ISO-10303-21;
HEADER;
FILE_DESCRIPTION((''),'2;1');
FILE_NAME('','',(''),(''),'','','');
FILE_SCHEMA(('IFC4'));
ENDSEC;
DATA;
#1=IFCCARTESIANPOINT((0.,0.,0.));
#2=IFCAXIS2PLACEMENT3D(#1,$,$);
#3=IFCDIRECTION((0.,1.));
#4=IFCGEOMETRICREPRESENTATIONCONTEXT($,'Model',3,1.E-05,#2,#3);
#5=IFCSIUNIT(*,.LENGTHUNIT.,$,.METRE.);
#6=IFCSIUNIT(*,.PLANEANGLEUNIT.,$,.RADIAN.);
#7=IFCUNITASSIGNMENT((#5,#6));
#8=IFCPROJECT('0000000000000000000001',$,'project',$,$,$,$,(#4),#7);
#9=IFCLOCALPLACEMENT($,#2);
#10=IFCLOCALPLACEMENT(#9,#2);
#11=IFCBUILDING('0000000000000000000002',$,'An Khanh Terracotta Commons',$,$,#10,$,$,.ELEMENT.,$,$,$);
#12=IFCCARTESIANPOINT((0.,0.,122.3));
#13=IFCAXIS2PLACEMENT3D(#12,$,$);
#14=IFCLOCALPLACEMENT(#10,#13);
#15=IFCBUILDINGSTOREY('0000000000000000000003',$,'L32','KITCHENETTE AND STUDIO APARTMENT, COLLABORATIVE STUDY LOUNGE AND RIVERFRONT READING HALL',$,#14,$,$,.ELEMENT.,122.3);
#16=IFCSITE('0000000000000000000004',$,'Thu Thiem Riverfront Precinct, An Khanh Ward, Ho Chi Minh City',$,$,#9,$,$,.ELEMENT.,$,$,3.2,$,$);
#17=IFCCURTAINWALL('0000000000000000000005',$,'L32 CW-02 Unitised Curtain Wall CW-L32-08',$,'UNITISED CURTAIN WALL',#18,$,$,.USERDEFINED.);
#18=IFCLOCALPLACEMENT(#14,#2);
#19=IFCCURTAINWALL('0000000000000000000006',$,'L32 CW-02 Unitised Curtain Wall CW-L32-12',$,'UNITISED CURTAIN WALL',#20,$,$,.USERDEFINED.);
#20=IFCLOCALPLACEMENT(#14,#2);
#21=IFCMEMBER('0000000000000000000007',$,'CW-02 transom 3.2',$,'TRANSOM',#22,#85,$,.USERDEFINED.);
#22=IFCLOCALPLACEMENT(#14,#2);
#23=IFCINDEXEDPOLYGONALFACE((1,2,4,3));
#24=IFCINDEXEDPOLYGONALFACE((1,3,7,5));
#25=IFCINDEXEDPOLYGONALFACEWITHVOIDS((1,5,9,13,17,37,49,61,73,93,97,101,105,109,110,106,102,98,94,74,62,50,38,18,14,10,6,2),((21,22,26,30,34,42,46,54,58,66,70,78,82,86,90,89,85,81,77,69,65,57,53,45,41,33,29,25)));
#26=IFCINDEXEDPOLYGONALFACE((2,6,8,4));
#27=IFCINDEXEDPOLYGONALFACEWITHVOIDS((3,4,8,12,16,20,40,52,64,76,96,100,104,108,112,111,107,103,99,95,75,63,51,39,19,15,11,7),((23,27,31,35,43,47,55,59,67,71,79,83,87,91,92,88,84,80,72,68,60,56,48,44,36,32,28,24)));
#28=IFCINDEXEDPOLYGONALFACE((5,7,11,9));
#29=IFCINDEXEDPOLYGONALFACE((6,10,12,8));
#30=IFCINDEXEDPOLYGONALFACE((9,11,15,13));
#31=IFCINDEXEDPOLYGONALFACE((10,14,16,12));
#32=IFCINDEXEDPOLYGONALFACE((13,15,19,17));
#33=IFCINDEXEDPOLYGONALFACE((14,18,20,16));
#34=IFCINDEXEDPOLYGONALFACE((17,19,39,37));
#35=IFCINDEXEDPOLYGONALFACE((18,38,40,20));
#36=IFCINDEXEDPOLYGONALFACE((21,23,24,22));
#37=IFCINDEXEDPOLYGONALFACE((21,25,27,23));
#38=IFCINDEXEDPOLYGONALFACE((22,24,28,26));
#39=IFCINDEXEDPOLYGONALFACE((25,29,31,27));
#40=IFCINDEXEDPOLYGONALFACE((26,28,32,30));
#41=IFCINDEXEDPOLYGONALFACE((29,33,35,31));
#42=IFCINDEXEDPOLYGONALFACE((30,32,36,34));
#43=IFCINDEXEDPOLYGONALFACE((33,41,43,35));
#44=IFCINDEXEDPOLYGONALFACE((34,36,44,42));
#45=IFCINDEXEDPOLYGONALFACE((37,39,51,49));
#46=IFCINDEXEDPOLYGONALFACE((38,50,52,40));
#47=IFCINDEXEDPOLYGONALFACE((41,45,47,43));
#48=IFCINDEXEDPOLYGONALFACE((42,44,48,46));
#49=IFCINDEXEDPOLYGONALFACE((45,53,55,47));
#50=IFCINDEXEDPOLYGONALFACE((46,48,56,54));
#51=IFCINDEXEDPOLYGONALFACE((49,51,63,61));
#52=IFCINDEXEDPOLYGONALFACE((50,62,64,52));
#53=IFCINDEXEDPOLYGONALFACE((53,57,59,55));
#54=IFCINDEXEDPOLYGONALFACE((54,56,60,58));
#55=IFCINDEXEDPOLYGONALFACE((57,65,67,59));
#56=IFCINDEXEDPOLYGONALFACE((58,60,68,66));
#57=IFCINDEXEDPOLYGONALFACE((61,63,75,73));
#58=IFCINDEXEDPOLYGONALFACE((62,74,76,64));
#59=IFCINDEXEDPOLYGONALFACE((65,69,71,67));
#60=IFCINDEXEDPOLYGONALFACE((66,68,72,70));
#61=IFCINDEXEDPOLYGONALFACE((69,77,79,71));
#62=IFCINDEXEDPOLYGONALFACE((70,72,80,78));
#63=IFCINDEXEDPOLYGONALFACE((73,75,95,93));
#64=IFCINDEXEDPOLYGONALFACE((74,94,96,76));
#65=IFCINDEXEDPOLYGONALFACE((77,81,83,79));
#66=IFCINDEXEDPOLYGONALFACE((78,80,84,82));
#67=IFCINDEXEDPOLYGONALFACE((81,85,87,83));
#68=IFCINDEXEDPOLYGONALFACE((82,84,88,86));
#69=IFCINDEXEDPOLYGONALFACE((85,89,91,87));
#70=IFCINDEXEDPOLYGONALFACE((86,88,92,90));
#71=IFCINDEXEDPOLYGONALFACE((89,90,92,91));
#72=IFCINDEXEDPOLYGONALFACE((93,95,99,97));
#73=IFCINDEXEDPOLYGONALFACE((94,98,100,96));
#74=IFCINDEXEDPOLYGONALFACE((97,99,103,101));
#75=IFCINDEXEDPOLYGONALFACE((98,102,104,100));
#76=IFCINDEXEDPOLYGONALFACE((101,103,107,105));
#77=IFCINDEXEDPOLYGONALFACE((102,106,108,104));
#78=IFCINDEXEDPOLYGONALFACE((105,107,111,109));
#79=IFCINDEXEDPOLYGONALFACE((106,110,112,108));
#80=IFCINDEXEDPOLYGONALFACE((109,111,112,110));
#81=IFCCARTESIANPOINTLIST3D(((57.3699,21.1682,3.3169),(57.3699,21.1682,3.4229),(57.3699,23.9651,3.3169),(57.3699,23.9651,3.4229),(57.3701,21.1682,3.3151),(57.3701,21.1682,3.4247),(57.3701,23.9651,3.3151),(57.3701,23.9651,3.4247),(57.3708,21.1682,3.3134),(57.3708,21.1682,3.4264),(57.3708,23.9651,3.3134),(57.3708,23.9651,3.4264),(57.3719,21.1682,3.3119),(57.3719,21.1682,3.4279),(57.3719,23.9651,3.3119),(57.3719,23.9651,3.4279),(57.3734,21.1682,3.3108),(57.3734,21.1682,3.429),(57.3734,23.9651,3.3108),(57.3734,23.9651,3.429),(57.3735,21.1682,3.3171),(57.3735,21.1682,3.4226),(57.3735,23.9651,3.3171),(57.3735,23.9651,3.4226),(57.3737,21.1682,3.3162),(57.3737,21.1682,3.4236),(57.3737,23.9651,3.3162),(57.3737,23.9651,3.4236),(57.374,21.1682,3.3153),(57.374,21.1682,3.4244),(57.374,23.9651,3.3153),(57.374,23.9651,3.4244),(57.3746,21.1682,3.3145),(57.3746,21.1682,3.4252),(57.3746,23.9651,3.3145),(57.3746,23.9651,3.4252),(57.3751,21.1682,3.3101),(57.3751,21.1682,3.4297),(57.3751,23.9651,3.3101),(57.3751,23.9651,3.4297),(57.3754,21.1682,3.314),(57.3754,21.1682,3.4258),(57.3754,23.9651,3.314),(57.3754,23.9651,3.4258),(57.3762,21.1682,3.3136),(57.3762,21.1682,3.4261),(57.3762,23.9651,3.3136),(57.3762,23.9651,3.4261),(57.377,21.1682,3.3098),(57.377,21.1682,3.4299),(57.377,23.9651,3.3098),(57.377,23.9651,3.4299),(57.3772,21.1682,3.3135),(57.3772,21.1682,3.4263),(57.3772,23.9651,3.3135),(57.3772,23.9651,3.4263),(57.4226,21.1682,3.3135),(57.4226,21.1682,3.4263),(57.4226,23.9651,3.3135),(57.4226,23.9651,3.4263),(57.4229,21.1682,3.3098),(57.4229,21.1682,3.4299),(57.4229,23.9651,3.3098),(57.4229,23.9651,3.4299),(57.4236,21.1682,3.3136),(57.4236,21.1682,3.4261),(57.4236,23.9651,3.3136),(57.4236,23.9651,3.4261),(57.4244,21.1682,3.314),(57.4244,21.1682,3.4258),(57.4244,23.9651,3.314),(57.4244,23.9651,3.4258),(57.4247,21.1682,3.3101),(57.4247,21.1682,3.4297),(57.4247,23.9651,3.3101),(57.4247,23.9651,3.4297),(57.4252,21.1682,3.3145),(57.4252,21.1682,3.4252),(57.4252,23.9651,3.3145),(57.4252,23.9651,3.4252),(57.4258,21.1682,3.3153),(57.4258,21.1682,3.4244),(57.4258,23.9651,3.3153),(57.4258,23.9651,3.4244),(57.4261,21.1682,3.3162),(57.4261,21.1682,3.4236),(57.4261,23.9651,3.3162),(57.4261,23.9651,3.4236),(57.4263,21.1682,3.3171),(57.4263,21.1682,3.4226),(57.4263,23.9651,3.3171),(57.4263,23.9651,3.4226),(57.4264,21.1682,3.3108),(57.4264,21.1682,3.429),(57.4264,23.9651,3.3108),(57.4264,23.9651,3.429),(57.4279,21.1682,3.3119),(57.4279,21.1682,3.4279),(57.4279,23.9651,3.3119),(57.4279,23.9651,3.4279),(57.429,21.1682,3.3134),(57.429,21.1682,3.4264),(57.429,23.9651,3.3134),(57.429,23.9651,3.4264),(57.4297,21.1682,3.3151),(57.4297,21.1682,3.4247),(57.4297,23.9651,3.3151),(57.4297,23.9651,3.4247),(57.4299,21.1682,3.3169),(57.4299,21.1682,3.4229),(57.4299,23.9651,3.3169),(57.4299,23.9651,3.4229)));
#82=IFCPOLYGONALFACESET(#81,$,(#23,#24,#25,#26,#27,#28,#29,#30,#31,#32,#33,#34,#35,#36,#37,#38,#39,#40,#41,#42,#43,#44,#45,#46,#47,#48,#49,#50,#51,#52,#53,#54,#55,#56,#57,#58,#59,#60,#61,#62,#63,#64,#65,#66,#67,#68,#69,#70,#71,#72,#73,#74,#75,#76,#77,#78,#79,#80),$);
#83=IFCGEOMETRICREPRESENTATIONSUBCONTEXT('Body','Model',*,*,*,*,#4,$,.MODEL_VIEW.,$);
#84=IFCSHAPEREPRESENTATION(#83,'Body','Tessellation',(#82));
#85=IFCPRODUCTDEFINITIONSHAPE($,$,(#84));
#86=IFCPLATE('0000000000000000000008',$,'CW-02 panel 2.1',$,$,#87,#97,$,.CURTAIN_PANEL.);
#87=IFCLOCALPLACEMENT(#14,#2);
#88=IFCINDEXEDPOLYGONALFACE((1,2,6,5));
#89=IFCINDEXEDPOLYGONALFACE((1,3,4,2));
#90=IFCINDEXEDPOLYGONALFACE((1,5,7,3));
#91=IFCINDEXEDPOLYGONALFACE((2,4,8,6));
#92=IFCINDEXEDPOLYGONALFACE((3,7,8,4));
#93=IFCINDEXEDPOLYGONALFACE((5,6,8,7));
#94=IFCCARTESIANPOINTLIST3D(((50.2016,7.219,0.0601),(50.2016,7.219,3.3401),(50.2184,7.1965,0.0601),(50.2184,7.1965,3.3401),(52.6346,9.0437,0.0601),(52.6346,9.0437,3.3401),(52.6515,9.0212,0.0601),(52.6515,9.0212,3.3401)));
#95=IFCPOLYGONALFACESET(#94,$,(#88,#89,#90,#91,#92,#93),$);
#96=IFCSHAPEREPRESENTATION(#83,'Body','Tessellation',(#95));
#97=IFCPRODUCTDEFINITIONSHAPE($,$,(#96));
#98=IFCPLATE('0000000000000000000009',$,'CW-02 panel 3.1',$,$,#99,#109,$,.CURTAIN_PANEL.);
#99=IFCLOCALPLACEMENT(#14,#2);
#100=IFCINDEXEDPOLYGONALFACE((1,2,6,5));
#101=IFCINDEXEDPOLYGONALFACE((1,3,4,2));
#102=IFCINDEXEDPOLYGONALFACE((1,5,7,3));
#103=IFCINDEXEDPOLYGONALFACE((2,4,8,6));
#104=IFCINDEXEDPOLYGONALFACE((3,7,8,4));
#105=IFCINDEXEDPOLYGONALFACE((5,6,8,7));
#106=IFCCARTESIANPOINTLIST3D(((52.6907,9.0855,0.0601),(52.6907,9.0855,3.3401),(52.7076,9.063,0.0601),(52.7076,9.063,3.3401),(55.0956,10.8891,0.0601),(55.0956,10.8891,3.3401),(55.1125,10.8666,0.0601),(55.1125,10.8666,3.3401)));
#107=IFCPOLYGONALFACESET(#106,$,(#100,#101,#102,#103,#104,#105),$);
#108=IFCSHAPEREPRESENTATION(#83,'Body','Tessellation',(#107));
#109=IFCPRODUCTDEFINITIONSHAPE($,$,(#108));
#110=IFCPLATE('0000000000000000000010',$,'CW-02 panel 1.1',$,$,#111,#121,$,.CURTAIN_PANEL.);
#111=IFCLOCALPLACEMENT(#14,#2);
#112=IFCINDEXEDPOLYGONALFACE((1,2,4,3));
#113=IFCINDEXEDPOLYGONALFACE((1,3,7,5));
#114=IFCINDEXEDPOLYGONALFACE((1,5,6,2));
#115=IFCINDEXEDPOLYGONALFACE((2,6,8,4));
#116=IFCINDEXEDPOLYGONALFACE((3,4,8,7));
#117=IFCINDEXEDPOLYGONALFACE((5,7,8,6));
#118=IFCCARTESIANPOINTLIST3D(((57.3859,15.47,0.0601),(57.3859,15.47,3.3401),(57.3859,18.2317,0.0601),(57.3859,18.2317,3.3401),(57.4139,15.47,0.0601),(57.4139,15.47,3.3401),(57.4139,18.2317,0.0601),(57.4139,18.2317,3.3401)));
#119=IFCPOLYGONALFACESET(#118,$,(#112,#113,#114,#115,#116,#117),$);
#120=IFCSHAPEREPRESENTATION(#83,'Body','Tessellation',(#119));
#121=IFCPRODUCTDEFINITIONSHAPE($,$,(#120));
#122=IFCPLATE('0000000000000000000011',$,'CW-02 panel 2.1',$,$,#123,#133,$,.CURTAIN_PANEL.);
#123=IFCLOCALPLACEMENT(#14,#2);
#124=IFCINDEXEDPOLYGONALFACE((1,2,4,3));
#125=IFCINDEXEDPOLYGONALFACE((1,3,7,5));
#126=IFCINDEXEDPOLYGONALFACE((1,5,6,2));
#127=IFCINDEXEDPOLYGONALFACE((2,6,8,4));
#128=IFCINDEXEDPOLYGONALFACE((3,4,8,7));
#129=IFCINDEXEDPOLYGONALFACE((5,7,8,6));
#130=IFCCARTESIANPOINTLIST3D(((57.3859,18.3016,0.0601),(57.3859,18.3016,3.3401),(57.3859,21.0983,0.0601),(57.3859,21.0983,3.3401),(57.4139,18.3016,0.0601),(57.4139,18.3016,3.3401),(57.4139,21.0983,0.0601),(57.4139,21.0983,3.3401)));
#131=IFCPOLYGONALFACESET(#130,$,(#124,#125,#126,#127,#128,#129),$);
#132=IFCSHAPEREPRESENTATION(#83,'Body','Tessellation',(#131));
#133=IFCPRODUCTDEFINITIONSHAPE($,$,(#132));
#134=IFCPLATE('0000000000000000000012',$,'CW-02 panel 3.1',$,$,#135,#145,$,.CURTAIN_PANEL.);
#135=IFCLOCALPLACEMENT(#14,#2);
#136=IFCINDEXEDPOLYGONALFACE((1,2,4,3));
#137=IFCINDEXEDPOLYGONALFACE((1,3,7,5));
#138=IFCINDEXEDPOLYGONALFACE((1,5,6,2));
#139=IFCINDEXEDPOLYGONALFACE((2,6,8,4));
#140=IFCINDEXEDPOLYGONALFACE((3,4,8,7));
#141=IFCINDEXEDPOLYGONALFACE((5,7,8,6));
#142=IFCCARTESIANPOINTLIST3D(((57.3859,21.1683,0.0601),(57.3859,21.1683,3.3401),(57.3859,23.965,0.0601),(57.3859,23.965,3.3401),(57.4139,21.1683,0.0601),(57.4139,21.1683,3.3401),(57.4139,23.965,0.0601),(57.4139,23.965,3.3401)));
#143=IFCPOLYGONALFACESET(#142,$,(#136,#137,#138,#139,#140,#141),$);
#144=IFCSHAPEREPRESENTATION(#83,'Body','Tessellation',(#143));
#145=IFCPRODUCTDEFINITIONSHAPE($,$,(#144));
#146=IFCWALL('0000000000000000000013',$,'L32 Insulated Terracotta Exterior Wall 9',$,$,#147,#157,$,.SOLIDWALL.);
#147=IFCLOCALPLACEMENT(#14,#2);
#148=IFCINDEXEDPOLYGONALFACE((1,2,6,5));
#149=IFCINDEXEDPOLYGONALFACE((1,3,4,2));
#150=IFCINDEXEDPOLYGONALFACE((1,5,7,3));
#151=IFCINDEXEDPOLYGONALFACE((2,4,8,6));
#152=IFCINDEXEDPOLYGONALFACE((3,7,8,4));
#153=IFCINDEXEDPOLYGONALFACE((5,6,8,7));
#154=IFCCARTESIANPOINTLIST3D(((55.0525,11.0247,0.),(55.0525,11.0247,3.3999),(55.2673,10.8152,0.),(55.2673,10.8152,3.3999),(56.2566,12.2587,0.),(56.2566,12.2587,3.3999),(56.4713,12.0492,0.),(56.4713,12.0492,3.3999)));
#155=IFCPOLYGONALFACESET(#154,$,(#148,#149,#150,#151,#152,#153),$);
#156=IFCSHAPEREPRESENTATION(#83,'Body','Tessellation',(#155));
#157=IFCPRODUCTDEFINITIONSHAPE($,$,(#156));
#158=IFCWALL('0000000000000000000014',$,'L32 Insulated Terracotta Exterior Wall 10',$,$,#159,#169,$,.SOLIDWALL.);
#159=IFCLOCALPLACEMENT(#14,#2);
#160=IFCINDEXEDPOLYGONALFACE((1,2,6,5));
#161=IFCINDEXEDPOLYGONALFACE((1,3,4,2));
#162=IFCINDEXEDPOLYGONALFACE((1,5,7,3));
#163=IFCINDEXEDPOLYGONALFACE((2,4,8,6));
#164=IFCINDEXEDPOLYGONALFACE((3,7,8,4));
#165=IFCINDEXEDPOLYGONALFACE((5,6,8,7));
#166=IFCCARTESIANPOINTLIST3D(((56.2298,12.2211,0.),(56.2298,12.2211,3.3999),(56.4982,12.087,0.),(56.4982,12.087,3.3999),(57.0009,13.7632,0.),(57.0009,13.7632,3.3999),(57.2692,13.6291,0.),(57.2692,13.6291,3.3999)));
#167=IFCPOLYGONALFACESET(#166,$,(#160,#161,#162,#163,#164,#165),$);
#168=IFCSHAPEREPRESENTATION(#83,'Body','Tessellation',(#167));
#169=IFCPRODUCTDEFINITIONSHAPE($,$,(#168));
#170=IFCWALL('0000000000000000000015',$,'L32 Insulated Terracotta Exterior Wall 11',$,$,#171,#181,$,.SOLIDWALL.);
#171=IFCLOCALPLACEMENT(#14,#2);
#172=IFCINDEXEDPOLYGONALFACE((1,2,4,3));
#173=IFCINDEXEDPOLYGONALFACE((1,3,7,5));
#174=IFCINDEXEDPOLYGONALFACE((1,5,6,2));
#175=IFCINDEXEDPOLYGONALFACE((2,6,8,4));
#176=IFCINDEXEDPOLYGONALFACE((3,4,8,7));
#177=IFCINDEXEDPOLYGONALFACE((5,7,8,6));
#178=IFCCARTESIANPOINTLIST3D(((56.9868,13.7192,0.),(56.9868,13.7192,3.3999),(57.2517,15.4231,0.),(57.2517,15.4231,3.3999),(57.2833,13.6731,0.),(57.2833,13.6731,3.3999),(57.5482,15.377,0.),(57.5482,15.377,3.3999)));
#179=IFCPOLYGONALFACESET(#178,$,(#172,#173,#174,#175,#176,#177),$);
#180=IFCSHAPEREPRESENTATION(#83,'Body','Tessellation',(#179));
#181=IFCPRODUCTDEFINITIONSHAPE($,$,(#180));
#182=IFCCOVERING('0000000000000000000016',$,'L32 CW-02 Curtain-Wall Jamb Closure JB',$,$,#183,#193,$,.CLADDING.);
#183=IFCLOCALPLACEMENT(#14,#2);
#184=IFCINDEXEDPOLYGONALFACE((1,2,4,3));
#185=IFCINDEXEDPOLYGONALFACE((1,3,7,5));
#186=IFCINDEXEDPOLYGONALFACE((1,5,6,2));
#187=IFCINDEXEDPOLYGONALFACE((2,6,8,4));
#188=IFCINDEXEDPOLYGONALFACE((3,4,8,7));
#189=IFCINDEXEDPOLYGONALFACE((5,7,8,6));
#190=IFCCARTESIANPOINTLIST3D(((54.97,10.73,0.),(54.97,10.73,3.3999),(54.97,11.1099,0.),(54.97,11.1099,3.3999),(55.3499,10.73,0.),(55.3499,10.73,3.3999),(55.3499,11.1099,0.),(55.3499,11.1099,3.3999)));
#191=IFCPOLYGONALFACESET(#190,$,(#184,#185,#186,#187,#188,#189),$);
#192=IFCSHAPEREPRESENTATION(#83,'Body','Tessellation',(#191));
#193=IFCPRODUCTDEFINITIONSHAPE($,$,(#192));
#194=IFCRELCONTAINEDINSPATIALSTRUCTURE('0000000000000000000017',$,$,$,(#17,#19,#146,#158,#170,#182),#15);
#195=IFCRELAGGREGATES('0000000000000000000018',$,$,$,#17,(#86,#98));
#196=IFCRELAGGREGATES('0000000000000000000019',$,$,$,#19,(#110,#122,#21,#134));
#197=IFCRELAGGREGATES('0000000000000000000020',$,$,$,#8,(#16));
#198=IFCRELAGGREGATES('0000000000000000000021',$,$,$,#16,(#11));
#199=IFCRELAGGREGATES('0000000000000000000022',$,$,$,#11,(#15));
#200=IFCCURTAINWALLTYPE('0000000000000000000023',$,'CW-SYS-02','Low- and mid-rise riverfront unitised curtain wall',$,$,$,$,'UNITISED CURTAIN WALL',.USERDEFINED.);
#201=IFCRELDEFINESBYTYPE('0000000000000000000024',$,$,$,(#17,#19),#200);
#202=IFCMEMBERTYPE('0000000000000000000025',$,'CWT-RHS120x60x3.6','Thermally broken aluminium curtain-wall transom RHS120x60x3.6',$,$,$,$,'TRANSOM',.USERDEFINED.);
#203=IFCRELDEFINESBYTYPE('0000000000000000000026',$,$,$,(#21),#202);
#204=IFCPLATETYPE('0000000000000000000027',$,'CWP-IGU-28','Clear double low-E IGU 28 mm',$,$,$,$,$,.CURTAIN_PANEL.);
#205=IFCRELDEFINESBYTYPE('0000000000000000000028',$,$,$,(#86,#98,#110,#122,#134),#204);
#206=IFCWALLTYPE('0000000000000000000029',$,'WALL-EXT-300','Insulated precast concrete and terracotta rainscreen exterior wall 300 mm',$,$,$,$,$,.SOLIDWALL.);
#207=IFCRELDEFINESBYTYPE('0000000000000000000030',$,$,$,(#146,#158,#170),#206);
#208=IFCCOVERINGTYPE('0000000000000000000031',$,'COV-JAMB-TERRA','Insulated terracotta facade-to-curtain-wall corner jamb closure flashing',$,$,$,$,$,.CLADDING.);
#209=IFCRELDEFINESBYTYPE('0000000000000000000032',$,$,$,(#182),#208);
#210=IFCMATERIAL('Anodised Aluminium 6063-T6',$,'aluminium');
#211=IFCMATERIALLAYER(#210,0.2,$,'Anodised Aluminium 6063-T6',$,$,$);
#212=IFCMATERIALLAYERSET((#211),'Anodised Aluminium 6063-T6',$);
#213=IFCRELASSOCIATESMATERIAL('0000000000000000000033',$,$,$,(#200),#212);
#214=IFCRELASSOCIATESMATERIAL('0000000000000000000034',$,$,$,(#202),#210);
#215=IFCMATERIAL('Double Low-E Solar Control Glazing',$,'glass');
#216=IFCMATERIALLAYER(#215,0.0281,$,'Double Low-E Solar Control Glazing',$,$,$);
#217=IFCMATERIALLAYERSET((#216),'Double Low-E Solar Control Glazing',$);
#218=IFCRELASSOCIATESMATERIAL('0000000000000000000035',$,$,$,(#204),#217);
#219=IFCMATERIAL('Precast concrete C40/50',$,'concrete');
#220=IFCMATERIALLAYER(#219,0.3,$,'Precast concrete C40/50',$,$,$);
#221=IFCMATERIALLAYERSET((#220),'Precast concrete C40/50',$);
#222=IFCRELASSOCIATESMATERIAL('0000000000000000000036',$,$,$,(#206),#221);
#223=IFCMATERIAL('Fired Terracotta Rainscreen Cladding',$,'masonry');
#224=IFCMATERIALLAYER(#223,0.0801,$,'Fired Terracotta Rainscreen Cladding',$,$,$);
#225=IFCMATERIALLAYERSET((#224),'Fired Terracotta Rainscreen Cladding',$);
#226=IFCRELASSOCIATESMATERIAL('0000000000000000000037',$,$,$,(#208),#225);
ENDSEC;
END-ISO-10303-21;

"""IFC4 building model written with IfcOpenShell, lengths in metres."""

from ifc_helpers import new_model, si_unit, direction, frame, frame_2d, origin, origin_2d, place, context, subcontext, project, spatial, rectangle, hollow_rectangle, extrude, material, layer, layer_set, material_profile, profile_set, type_object, element, aggregate, save


model = new_model("IFC4")

# Units and contexts
model_context = context("Model", 3, precision=1e-05, world=origin(), true_north=direction((0.0, 1.0)))
body_context = subcontext(model_context, "Body", "Model", "MODEL_VIEW")
ifc_project = project(units=[si_unit("LENGTHUNIT", "METRE"), si_unit("PLANEANGLEUNIT", "RADIAN")], contexts=[model_context])

# Site, building, storey
site_placement = place(None, origin())
site = spatial("IfcSite", under=ifc_project, at=site_placement, Name="Thu Thiem Riverfront Precinct, An Khanh Ward, Ho Chi Minh City", CompositionType="ELEMENT", RefElevation=3.2)
building_placement = place(site_placement, origin())
building = spatial("IfcBuilding", under=site, at=building_placement, Name="An Khanh Terracotta Commons", CompositionType="ELEMENT")
storey_placement = place(building_placement, frame((0.0, 0.0, 122.3)))
storey = spatial("IfcBuildingStorey", under=building, at=storey_placement, Name="L32", Description="KITCHENETTE AND STUDIO APARTMENT, COLLABORATIVE STUDY LOUNGE AND RIVERFRONT READING HALL", CompositionType="ELEMENT", Elevation=122.3)

# Curtain walls
ifc_material_1 = material(Name="Anodised Aluminium 6063-T6", Category="aluminium")
ifc_layer_1 = layer(ifc_material_1, 0.2, Name="Anodised Aluminium 6063-T6")
ifc_layer_set_1 = layer_set([ifc_layer_1], Name="Anodised Aluminium 6063-T6")
curtain_wall_type = type_object("IfcCurtainWallType", Name="CW-SYS-02", Description="Low- and mid-rise riverfront unitised curtain wall", ElementType="UNITISED CURTAIN WALL", PredefinedType="USERDEFINED", material=ifc_layer_set_1)
curtain_wall_1_placement = place(storey_placement, origin())
curtain_wall_1 = element("IfcCurtainWall", 1, at=curtain_wall_1_placement, inside=storey, type_object=curtain_wall_type, Name="L32 CW-02 Unitised Curtain Wall CW-L32-08", ObjectType="UNITISED CURTAIN WALL", PredefinedType="USERDEFINED")
curtain_wall_2_placement = place(storey_placement, origin())
curtain_wall_2 = element("IfcCurtainWall", 2, at=curtain_wall_2_placement, inside=storey, type_object=curtain_wall_type, Name="L32 CW-02 Unitised Curtain Wall CW-L32-12", ObjectType="UNITISED CURTAIN WALL", PredefinedType="USERDEFINED")

# Member
ifc_material_profile_1 = material_profile(ifc_material_1, hollow_rectangle(XDim=0.0601, YDim=0.1201, WallThickness=0.0037, InnerFilletRadius=0.0037, OuterFilletRadius=0.0071, at=origin_2d()), Name="RHS120x60x3.6")
ifc_profile_set_1 = profile_set([ifc_material_profile_1], Name="Anodised Aluminium 6063-T6")
member_type_1 = type_object("IfcMemberType", Name="CWT-RHS120x60x3.6", Description="Thermally broken aluminium curtain-wall transom RHS120x60x3.6", ElementType="TRANSOM", PredefinedType="USERDEFINED", material=ifc_profile_set_1)
member_1_placement = place(storey_placement, frame((57.3999, 21.1682, 3.3699), z_axis=(0.0, 1.0, 0.0), x_axis=(-1.0, 0.0, 0.0)))
member_1 = element("IfcMember", 3, at=member_1_placement, type_object=member_type_1, Name="CW-02 transom 3.2", ObjectType="TRANSOM", PredefinedType="USERDEFINED", context=body_context, shape_type="SweptSolid", body=[
    extrude(hollow_rectangle(XDim=0.0601, YDim=0.1201, WallThickness=0.0037, InnerFilletRadius=0.0037, OuterFilletRadius=0.0071, at=origin_2d()), origin(), (0.0, 0.0, 1.0), 2.7969),
])

# Plates
ifc_material_2 = material(Name="Double Low-E Solar Control Glazing", Category="glass")
ifc_layer_2 = layer(ifc_material_2, 0.0281, Name="Double Low-E Solar Control Glazing")
ifc_layer_set_2 = layer_set([ifc_layer_2], Name="Double Low-E Solar Control Glazing")
plate_type = type_object("IfcPlateType", Name="CWP-IGU-28", Description="Clear double low-E IGU 28 mm", PredefinedType="CURTAIN_PANEL", material=ifc_layer_set_2)
plate_1_placement = place(storey_placement, frame((51.4265, 8.1201, 0.0601), z_axis=(0.0, 0.0, 1.0), x_axis=(0.800013, 0.599983, 0.0)))
plate_1 = element("IfcPlate", 4, at=plate_1_placement, type_object=plate_type, Name="CW-02 panel 2.1", PredefinedType="CURTAIN_PANEL", context=body_context, shape_type="SweptSolid", body=[
    extrude(rectangle(XDim=3.0413, YDim=0.0281, at=origin_2d()), origin(), (0.0, 0.0, 1.0), 3.28),
])
plate_2_placement = place(storey_placement, frame((53.9016, 9.9761, 0.0601), z_axis=(0.0, 0.0, 1.0), x_axis=(0.800013, 0.599983, 0.0)))
plate_2 = element("IfcPlate", 5, at=plate_2_placement, type_object=plate_type, Name="CW-02 panel 3.1", PredefinedType="CURTAIN_PANEL", context=body_context, shape_type="SweptSolid", body=[
    extrude(rectangle(XDim=3.0061, YDim=0.0281, at=origin_2d()), origin(), (0.0, 0.0, 1.0), 3.28),
])
aggregate(curtain_wall_1, [plate_1, plate_2])
plate_3_placement = place(storey_placement, frame((57.3999, 16.8508, 0.0601), z_axis=(0.0, 0.0, 1.0), x_axis=(0.0, 1.0, 0.0)))
plate_3 = element("IfcPlate", 6, at=plate_3_placement, type_object=plate_type, Name="CW-02 panel 1.1", PredefinedType="CURTAIN_PANEL", context=body_context, shape_type="SweptSolid", body=[
    extrude(rectangle(XDim=2.7617, YDim=0.0281, at=origin_2d()), origin(), (0.0, 0.0, 1.0), 3.28),
])
plate_4_placement = place(storey_placement, frame((57.3999, 19.7, 0.0601), z_axis=(0.0, 0.0, 1.0), x_axis=(0.0, 1.0, 0.0)))
plate_4 = element("IfcPlate", 7, at=plate_4_placement, type_object=plate_type, Name="CW-02 panel 2.1", PredefinedType="CURTAIN_PANEL", context=body_context, shape_type="SweptSolid", body=[
    extrude(rectangle(XDim=2.7966, YDim=0.0281, at=origin_2d()), origin(), (0.0, 0.0, 1.0), 3.28),
])
plate_5_placement = place(storey_placement, frame((57.3999, 22.5667, 0.0601), z_axis=(0.0, 0.0, 1.0), x_axis=(0.0, 1.0, 0.0)))
plate_5 = element("IfcPlate", 8, at=plate_5_placement, type_object=plate_type, Name="CW-02 panel 3.1", PredefinedType="CURTAIN_PANEL", context=body_context, shape_type="SweptSolid", body=[
    extrude(rectangle(XDim=2.7966, YDim=0.0281, at=origin_2d()), origin(), (0.0, 0.0, 1.0), 3.28),
])
aggregate(curtain_wall_2, [plate_3, plate_4, member_1, plate_5])

# Walls
ifc_material_3 = material(Name="Precast concrete C40/50", Category="concrete")
ifc_layer_3 = layer(ifc_material_3, 0.3, Name="Precast concrete C40/50")
ifc_layer_set_3 = layer_set([ifc_layer_3], Name="Precast concrete C40/50")
wall_type = type_object("IfcWallType", Name="WALL-EXT-300", Description="Insulated precast concrete and terracotta rainscreen exterior wall 300 mm", PredefinedType="SOLIDWALL", material=ifc_layer_set_3)
for number, where, z_axis, x_axis, name in (
    (9, (55.1599, 10.9199, 0.0), (0.0, 0.0, 1.0), (0.698345, 0.715761, 0.0), "L32 Insulated Terracotta Exterior Wall 9"),
    (10, (56.364, 12.1541, 0.0), (0.0, 0.0, 1.0), (0.447214, 0.894427, 0.0), "L32 Insulated Terracotta Exterior Wall 10"),
):
    element("IfcWall", number, at=place(storey_placement, frame(where, z_axis=z_axis, x_axis=x_axis)), inside=storey, type_object=wall_type, Name=name, PredefinedType="SOLIDWALL", context=body_context, shape_type="SweptSolid", body=[
        extrude(rectangle(XDim=1.7241, YDim=0.3, at=frame_2d((0.8621, 0.0))), origin(), (0.0, 0.0, 1.0), 3.3999),
    ])
wall_placement = place(storey_placement, frame((57.135, 13.696, 0.0), z_axis=(0.0, 0.0, 1.0), x_axis=(0.153621, 0.98813, 0.0)))
element("IfcWall", 11, at=wall_placement, inside=storey, type_object=wall_type, Name="L32 Insulated Terracotta Exterior Wall 11", PredefinedType="SOLIDWALL", context=body_context, shape_type="SweptSolid", body=[
    extrude(rectangle(XDim=1.7244, YDim=0.3, at=frame_2d((0.8623, 0.0))), origin(), (0.0, 0.0, 1.0), 3.3999),
])

# Covering
ifc_material_4 = material(Name="Fired Terracotta Rainscreen Cladding", Category="masonry")
ifc_layer_4 = layer(ifc_material_4, 0.0801, Name="Fired Terracotta Rainscreen Cladding")
ifc_layer_set_4 = layer_set([ifc_layer_4], Name="Fired Terracotta Rainscreen Cladding")
covering_type = type_object("IfcCoveringType", Name="COV-JAMB-TERRA", Description="Insulated terracotta facade-to-curtain-wall corner jamb closure flashing", PredefinedType="CLADDING", material=ifc_layer_set_4)
for number, where, z_axis, x_axis, name in (
    (12, (55.1599, 10.9199, 0.0), (0.0, 0.0, 1.0), (1.0, 0.0, 0.0), "L32 CW-02 Curtain-Wall Jamb Closure JB"),
):
    element("IfcCovering", number, at=place(storey_placement, frame(where, z_axis=z_axis, x_axis=x_axis)), inside=storey, type_object=covering_type, Name=name, PredefinedType="CLADDING", context=body_context, shape_type="SweptSolid", body=[
        extrude(rectangle(XDim=0.3799, YDim=0.3799, at=origin_2d()), origin(), (0.0, 0.0, 1.0), 3.3999),
    ])

save(model, "model.ifc")
